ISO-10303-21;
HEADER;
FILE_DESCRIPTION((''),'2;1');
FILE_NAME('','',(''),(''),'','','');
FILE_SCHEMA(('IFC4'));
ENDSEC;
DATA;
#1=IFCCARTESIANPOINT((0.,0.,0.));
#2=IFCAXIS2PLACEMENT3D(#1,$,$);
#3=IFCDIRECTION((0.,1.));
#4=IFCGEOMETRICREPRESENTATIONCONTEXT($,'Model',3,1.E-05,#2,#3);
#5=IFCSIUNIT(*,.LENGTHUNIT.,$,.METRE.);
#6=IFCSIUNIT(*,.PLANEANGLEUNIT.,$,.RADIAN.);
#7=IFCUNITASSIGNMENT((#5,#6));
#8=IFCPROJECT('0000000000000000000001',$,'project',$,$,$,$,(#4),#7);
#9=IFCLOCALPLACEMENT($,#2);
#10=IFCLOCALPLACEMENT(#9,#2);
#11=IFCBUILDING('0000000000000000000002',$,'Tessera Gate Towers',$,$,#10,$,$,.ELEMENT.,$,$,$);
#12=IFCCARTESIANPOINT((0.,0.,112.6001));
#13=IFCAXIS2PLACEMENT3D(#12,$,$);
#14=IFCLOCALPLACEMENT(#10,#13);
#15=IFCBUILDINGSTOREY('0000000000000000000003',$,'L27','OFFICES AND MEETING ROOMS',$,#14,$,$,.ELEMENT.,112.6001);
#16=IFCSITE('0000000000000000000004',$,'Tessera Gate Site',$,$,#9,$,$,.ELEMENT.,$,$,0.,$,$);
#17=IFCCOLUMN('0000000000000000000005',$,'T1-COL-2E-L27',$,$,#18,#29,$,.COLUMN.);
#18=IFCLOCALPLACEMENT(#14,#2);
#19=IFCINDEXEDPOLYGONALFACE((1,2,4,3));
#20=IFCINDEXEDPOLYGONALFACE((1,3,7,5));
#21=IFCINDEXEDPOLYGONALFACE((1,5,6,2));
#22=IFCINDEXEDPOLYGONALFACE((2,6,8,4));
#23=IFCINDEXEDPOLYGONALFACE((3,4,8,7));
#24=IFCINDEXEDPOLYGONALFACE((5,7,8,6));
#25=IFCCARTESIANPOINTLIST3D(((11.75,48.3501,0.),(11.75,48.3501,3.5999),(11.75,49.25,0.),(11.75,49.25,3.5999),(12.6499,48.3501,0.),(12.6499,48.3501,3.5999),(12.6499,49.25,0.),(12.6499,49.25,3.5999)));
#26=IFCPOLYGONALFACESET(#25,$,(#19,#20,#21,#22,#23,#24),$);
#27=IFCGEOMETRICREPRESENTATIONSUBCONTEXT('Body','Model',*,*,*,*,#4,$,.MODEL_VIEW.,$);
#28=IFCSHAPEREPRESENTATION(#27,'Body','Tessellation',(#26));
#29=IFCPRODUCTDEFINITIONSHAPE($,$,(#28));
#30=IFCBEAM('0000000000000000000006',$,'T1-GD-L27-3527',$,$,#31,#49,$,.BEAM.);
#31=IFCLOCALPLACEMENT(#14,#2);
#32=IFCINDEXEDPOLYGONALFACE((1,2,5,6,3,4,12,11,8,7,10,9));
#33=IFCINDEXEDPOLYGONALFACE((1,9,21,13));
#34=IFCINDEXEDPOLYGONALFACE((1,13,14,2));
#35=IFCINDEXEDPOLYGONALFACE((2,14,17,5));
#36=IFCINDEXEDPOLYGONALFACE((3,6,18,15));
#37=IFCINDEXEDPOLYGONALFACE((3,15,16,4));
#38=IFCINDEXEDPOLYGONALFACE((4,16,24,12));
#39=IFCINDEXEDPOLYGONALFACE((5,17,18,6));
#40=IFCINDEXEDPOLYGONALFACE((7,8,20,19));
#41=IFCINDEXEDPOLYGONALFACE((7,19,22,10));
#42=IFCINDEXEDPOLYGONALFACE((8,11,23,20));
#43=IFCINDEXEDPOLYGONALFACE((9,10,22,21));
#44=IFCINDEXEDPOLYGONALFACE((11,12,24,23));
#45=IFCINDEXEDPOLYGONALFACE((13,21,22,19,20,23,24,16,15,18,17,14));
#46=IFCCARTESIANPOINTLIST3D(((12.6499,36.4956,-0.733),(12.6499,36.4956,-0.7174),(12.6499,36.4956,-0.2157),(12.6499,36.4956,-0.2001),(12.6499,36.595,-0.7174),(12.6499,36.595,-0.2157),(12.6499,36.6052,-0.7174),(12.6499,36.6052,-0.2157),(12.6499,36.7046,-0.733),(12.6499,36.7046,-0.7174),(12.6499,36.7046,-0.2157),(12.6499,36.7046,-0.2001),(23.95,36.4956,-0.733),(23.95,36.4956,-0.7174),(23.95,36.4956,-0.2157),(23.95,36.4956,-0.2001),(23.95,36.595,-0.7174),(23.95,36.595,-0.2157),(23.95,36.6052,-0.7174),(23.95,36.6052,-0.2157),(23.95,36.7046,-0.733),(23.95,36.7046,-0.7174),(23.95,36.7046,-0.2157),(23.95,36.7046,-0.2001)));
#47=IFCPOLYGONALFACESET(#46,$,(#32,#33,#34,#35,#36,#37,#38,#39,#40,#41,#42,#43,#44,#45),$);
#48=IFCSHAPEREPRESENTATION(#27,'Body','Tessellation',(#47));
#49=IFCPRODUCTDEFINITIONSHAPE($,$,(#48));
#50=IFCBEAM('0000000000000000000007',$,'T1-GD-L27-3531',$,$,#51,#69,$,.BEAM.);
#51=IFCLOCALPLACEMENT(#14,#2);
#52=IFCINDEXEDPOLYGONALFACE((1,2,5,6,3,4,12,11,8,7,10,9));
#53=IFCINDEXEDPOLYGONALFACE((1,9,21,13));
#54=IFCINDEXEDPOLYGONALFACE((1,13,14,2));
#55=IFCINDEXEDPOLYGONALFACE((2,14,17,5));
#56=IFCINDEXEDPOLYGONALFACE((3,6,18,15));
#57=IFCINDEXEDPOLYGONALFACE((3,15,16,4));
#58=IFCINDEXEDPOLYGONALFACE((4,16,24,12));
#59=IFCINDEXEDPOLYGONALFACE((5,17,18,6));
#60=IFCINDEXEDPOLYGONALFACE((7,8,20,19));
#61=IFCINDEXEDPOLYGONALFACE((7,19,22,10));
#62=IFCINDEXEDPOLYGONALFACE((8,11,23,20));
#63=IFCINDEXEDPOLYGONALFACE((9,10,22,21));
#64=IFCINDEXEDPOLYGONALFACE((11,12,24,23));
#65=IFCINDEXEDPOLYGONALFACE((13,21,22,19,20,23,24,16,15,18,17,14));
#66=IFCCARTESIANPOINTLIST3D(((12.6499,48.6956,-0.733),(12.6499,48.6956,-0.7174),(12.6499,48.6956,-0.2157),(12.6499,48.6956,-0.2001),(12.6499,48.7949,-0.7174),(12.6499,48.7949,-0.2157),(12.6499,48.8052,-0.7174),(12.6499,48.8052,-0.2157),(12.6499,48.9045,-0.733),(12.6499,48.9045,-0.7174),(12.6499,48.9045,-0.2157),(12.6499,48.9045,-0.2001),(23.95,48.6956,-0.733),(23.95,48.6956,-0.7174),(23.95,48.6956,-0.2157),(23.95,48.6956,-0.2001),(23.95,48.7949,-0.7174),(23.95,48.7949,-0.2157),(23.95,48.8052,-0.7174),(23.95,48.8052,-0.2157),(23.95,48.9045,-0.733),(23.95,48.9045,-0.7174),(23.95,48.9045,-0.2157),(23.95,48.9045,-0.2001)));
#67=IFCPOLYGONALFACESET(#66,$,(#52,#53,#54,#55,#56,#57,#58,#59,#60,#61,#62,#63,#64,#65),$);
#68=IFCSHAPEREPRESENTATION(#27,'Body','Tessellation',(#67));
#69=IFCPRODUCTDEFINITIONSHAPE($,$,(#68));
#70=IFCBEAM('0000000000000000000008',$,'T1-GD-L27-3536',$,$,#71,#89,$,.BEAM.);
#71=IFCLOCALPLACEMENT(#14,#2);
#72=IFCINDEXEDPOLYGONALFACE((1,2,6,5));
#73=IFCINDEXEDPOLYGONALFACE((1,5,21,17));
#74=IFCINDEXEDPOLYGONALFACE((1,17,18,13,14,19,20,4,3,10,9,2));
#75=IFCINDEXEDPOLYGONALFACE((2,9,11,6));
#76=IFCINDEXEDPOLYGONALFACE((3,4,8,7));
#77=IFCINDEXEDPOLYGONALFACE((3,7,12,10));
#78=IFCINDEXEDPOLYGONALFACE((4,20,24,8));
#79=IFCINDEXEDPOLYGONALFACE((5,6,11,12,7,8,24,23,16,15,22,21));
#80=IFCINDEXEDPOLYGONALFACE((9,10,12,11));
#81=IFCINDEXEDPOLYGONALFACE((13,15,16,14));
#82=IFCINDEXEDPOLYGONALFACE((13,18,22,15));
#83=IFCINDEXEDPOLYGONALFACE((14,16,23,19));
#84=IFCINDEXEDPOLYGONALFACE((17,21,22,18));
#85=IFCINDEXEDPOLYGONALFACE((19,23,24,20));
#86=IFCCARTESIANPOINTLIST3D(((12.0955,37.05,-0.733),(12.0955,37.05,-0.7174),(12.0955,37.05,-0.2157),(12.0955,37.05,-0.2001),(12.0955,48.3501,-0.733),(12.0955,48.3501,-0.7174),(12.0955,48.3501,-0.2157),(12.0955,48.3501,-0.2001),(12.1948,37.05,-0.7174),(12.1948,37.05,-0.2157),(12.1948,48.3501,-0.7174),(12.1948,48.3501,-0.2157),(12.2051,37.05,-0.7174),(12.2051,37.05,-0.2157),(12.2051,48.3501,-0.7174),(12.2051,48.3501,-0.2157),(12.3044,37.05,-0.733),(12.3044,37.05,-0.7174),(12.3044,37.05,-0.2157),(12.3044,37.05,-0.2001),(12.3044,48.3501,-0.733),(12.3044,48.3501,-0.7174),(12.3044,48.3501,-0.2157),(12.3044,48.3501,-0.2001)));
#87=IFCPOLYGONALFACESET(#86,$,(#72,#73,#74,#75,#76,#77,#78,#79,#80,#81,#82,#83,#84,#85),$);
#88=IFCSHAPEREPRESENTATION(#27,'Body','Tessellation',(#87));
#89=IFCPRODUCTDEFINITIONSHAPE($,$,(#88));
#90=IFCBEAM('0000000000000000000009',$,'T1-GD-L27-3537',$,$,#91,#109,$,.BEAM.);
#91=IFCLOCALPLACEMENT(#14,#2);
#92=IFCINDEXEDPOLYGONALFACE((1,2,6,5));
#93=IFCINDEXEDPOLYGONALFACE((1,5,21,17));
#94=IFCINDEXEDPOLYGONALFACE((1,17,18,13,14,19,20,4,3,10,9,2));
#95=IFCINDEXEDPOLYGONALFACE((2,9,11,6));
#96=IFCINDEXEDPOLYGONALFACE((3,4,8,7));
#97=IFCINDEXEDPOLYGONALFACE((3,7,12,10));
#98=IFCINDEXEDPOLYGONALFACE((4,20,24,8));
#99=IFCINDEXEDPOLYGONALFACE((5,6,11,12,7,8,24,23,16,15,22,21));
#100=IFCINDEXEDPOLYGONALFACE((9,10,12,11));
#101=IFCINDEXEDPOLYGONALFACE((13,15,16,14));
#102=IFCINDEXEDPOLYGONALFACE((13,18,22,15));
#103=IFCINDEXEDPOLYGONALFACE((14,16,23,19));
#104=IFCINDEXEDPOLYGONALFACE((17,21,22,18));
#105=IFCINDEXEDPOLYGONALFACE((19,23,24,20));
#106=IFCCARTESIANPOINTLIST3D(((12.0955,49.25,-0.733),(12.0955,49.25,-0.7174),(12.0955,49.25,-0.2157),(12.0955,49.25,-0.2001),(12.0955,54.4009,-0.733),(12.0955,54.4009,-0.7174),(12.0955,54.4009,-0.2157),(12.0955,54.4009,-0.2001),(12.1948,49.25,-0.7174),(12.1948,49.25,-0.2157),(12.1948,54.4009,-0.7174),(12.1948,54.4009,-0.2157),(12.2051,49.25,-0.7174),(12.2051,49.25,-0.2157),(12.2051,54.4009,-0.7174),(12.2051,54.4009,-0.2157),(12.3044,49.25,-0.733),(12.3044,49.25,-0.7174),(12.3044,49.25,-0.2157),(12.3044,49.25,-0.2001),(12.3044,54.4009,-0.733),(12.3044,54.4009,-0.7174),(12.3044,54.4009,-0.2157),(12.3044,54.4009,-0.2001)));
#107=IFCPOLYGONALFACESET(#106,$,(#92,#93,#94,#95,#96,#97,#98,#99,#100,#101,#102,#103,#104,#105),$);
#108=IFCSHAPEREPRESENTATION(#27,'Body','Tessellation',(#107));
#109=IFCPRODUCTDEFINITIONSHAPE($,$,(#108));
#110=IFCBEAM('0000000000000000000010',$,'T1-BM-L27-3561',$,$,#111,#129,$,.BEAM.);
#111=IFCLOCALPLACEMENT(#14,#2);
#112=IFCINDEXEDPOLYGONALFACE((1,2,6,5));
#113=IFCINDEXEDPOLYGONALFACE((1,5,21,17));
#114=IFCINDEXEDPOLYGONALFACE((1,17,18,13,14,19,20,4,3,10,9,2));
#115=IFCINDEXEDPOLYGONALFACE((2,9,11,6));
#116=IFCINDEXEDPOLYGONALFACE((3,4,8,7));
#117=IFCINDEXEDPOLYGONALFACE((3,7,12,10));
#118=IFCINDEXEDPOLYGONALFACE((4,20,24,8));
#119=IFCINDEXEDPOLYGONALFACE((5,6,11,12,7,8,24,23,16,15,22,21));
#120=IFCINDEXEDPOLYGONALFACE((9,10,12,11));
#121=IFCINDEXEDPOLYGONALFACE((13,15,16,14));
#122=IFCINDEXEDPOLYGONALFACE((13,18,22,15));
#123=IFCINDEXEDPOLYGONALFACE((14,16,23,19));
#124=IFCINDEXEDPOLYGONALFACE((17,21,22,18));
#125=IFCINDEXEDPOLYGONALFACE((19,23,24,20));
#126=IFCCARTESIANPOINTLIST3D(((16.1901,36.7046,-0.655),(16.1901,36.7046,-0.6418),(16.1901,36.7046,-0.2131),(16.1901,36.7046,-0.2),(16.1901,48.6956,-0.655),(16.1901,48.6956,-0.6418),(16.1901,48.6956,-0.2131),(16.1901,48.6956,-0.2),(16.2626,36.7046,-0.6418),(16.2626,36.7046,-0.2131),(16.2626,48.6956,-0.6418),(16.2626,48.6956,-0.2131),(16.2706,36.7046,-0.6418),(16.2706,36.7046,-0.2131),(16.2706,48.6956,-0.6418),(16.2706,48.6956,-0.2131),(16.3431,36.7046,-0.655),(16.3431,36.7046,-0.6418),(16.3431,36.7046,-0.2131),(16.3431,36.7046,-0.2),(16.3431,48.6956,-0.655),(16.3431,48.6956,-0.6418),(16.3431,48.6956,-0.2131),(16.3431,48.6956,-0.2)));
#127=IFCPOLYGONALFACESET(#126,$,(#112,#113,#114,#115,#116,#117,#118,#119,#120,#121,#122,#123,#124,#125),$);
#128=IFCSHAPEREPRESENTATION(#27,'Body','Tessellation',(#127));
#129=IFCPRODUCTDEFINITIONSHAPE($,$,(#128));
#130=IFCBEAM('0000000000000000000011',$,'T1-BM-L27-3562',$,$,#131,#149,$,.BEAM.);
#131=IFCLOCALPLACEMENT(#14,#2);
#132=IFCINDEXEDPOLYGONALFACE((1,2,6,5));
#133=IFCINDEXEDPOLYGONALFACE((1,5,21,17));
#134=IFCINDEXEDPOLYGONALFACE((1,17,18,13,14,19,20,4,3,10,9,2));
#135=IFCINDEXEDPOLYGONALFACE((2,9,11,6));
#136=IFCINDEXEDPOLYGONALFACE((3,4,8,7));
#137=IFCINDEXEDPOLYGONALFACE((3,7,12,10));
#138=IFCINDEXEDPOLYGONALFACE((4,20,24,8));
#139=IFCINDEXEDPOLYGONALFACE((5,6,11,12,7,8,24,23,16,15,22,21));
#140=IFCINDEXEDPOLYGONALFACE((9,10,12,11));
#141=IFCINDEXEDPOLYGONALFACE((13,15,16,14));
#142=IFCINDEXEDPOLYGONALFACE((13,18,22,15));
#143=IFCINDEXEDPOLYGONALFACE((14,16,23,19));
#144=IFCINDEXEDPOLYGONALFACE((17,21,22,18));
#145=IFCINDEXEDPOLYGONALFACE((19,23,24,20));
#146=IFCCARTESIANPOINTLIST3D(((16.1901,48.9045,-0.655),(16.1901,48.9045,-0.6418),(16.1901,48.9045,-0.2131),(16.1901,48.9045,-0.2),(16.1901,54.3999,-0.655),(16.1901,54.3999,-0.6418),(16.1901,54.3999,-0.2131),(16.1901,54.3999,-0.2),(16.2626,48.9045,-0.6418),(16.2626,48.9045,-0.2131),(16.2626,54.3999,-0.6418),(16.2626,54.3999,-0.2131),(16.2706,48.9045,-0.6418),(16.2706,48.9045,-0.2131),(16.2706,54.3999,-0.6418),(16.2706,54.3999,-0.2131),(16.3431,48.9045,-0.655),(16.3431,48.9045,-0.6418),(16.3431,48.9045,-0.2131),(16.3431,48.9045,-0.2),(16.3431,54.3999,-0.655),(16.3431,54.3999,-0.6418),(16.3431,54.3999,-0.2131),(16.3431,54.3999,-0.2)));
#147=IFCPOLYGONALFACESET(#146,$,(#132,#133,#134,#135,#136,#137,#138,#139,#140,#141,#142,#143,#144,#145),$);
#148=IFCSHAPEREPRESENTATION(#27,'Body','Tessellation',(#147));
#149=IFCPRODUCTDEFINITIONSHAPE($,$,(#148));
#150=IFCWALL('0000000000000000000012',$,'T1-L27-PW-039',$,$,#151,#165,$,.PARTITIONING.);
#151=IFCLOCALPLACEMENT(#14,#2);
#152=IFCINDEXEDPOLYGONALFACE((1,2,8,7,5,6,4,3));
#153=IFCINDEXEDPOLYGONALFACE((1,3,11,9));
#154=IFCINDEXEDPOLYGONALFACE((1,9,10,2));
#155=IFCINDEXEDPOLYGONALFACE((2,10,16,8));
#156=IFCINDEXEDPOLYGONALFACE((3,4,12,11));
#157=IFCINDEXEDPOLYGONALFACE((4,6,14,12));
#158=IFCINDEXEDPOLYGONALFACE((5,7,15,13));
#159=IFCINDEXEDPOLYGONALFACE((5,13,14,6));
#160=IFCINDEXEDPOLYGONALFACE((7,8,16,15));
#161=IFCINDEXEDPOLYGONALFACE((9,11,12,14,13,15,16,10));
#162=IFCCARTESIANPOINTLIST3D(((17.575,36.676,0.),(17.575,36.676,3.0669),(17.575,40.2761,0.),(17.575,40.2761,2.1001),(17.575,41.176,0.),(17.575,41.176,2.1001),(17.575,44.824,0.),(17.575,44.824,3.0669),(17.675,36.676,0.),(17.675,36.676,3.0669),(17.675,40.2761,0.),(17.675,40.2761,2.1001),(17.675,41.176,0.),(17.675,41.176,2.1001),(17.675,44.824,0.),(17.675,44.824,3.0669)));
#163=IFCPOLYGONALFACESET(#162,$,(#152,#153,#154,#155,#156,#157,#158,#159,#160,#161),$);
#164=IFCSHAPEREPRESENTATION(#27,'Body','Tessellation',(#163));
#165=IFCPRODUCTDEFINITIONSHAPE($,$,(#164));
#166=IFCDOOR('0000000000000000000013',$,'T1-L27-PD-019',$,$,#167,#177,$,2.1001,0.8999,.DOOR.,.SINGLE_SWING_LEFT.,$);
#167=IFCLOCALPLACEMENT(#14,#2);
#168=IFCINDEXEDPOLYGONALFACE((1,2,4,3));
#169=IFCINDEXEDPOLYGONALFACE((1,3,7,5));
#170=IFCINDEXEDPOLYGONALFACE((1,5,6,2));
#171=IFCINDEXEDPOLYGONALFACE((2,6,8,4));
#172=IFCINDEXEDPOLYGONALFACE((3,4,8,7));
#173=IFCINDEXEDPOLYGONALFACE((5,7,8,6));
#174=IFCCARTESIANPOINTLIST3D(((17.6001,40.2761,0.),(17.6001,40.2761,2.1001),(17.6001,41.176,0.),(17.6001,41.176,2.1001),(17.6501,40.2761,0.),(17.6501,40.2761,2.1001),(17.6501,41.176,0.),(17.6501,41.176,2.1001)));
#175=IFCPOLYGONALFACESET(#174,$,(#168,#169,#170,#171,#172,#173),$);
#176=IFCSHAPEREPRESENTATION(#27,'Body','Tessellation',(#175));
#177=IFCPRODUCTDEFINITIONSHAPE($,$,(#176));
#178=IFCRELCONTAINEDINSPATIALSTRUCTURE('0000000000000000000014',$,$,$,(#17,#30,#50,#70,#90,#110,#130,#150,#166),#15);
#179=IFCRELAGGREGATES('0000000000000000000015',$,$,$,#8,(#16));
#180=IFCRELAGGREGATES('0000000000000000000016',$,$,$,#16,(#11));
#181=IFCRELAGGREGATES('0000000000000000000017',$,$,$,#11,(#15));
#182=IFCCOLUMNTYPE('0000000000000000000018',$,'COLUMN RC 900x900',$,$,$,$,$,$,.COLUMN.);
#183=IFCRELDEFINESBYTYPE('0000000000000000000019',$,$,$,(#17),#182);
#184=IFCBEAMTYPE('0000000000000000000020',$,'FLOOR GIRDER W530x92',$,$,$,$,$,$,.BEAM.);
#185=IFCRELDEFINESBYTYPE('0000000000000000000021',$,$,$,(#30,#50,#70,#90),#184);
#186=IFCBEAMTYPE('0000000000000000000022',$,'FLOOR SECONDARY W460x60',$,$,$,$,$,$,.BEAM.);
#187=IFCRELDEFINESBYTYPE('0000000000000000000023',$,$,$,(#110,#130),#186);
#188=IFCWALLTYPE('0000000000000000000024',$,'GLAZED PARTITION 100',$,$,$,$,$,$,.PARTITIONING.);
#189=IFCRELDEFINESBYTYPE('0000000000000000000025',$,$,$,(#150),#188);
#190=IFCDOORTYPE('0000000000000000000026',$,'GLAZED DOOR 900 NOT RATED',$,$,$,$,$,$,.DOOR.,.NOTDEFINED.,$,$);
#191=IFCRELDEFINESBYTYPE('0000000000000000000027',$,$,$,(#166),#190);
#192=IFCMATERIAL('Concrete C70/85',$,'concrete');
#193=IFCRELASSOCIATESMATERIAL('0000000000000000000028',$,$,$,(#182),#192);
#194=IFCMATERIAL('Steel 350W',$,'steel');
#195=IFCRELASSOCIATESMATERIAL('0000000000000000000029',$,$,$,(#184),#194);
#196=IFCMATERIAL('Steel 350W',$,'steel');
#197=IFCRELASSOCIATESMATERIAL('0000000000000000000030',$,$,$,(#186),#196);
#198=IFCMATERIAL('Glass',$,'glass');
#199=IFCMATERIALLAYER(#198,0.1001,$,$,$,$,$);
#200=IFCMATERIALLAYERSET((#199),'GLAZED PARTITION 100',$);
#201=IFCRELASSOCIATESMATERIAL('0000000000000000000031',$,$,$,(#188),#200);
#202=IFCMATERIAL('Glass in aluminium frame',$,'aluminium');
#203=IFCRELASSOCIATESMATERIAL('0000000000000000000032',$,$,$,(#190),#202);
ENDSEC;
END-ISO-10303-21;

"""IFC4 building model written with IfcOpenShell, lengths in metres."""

from ifc_helpers import new_model, si_unit, direction, frame, frame_2d, origin, origin_2d, place, context, subcontext, project, spatial, rectangle, i_section, extrude, source, transform, mapped, material, layer, layer_set, material_profile, profile_set, type_object, element, fill, save


model = new_model("IFC4")

# Units and contexts
model_context = context("Model", 3, precision=1e-05, world=origin(), true_north=direction((0.0, 1.0)))
body_context = subcontext(model_context, "Body", "Model", "MODEL_VIEW")
ifc_project = project(units=[si_unit("LENGTHUNIT", "METRE"), si_unit("PLANEANGLEUNIT", "RADIAN")], contexts=[model_context])

# Site, building, storey
site_placement = place(None, origin())
site = spatial("IfcSite", under=ifc_project, at=site_placement, Name="Tessera Gate Site", CompositionType="ELEMENT", RefElevation=0.0)
building_placement = place(site_placement, origin())
building = spatial("IfcBuilding", under=site, at=building_placement, Name="Tessera Gate Towers", CompositionType="ELEMENT")
storey_placement = place(building_placement, frame((0.0, 0.0, 112.6001)))
storey = spatial("IfcBuildingStorey", under=building, at=storey_placement, Name="L27", Description="OFFICES AND MEETING ROOMS", CompositionType="ELEMENT", Elevation=112.6001)

# Column
ifc_material_1 = material(Name="Concrete C70/85", Category="concrete")
ifc_material_profile_1 = material_profile(ifc_material_1, rectangle(XDim=0.8999, YDim=0.8999, at=origin_2d()), Name="RC 900x900")
ifc_profile_set_1 = profile_set([ifc_material_profile_1], Name="Concrete C70/85")
column_type = type_object("IfcColumnType", Name="COLUMN RC 900x900", PredefinedType="COLUMN", material=ifc_profile_set_1)
column_placement = place(storey_placement, frame((12.2, 48.8, 0.0), z_axis=(0.0, 0.0, 1.0), x_axis=(1.0, 0.0, 0.0)))
element("IfcColumn", 1, at=column_placement, inside=storey, type_object=column_type, Name="T1-COL-2E-L27", PredefinedType="COLUMN", context=body_context, shape_type="SweptSolid", body=[
    extrude(rectangle(XDim=0.8999, YDim=0.8999, at=origin_2d()), origin(), (0.0, 0.0, 1.0), 3.5999),
])

# Beams
ifc_material_2 = material(Name="Steel 350W", Category="steel")
ifc_material_profile_2 = material_profile(ifc_material_2, i_section(OverallWidth=0.209, OverallDepth=0.533, WebThickness=0.0103, FlangeThickness=0.0156, at=origin_2d()), Name="W530x92")
ifc_profile_set_2 = profile_set([ifc_material_profile_2], Name="Steel 350W")
beam_type_1 = type_object("IfcBeamType", Name="FLOOR GIRDER W530x92", PredefinedType="BEAM", material=ifc_profile_set_2)
for number, where, z_axis, x_axis, name in (
    (2, (12.6499, 36.6001, -0.4666), (1.0, 0.0, 0.0), (0.0, 1.0, 0.0), "T1-GD-L27-3527"),
    (3, (12.6499, 48.8, -0.4666), (1.0, 0.0, 0.0), (0.0, 1.0, 0.0), "T1-GD-L27-3531"),
    (4, (12.2, 37.05, -0.4666), (0.0, 1.0, 0.0), (-1.0, 0.0, 0.0), "T1-GD-L27-3536"),
):
    element("IfcBeam", number, at=place(storey_placement, frame(where, z_axis=z_axis, x_axis=x_axis)), inside=storey, type_object=beam_type_1, Name=name, PredefinedType="BEAM", context=body_context, shape_type="SweptSolid", body=[
        extrude(i_section(OverallWidth=0.209, OverallDepth=0.533, WebThickness=0.0103, FlangeThickness=0.0156, at=origin_2d()), origin(), (0.0, 0.0, 1.0), 11.3),
    ])
beam_1_placement = place(storey_placement, frame((12.2, 49.25, -0.4666), z_axis=(0.0, 1.0, 0.0), x_axis=(-1.0, 0.0, 0.0)))
element("IfcBeam", 5, at=beam_1_placement, inside=storey, type_object=beam_type_1, Name="T1-GD-L27-3537", PredefinedType="BEAM", context=body_context, shape_type="SweptSolid", body=[
    extrude(i_section(OverallWidth=0.209, OverallDepth=0.533, WebThickness=0.0103, FlangeThickness=0.0156, at=origin_2d()), origin(), (0.0, 0.0, 1.0), 5.1509),
])
ifc_material_3 = material(Name="Steel 350W", Category="steel")
ifc_material_profile_3 = material_profile(ifc_material_3, i_section(OverallWidth=0.1531, OverallDepth=0.4551, WebThickness=0.0081, FlangeThickness=0.0132, at=origin_2d()), Name="W460x60")
ifc_profile_set_3 = profile_set([ifc_material_profile_3], Name="Steel 350W")
beam_type_2 = type_object("IfcBeamType", Name="FLOOR SECONDARY W460x60", PredefinedType="BEAM", material=ifc_profile_set_3)
beam_2_placement = place(storey_placement, frame((16.2666, 36.7046, -0.4275), z_axis=(0.0, 1.0, 0.0), x_axis=(-1.0, 0.0, 0.0)))
element("IfcBeam", 6, at=beam_2_placement, inside=storey, type_object=beam_type_2, Name="T1-BM-L27-3561", PredefinedType="BEAM", context=body_context, shape_type="SweptSolid", body=[
    extrude(i_section(OverallWidth=0.1531, OverallDepth=0.4551, WebThickness=0.0081, FlangeThickness=0.0132, at=origin_2d()), origin(), (0.0, 0.0, 1.0), 11.991),
])
beam_3_placement = place(storey_placement, frame((16.2666, 48.9045, -0.4275), z_axis=(0.0, 1.0, 0.0), x_axis=(-1.0, 0.0, 0.0)))
element("IfcBeam", 7, at=beam_3_placement, inside=storey, type_object=beam_type_2, Name="T1-BM-L27-3562", PredefinedType="BEAM", context=body_context, shape_type="SweptSolid", body=[
    extrude(i_section(OverallWidth=0.1531, OverallDepth=0.4551, WebThickness=0.0081, FlangeThickness=0.0132, at=origin_2d()), origin(), (0.0, 0.0, 1.0), 5.4954),
])

# Wall, opening, door
ifc_material_4 = material(Name="Glass", Category="glass")
ifc_layer_1 = layer(ifc_material_4, 0.1001)
ifc_layer_set_1 = layer_set([ifc_layer_1], Name="GLAZED PARTITION 100")
wall_type_1 = type_object("IfcWallType", Name="GLAZED PARTITION 100", PredefinedType="PARTITIONING", material=ifc_layer_set_1)
wall_1_placement = place(storey_placement, frame((17.625, 36.676, 0.0), z_axis=(0.0, 0.0, 1.0), x_axis=(0.0, 1.0, 0.0)))
wall_1 = element("IfcWall", 8, at=wall_1_placement, inside=storey, type_object=wall_type_1, Name="T1-L27-PW-039", PredefinedType="PARTITIONING", context=body_context, shape_type="SweptSolid", body=[
    extrude(rectangle(XDim=8.1479, YDim=0.1001, at=frame_2d((4.074, 0.0))), origin(), (0.0, 0.0, 1.0), 3.0669),
])
shared_shape_1 = source(origin(), body_context, "Body", "SweptSolid", [
    extrude(rectangle(XDim=0.8999, YDim=2.1001, at=frame_2d((0.45, 1.05))), frame((0.0, 0.0601, 0.0), z_axis=(0.0, -1.0, 0.0), x_axis=(1.0, 0.0, 0.0)), (0.0, 0.0, 1.0), 0.1201),
])
opening_1_placement = place(wall_1_placement, frame((3.6001, 0.0, 0.0)))
opening_1 = element("IfcOpeningElement", 9, at=opening_1_placement, cuts=wall_1, PredefinedType="OPENING", context=body_context, shape_type="MappedRepresentation", body=[
    mapped(shared_shape_1, transform((0.0, 0.0, 0.0), scale=1.0)),
])
ifc_material_5 = material(Name="Glass in aluminium frame", Category="aluminium")
door_type_1 = type_object("IfcDoorType", Name="GLAZED DOOR 900 NOT RATED", OperationType="NOTDEFINED", PredefinedType="DOOR", material=ifc_material_5)
shared_shape_2 = source(origin(), body_context, "Body", "SweptSolid", [
    extrude(rectangle(XDim=0.8999, YDim=2.1001, at=frame_2d((0.45, 1.05))), frame((0.0, 0.0249, 0.0), z_axis=(0.0, -1.0, 0.0), x_axis=(1.0, 0.0, 0.0)), (0.0, 0.0, 1.0), 0.05),
])
door_1_placement = place(opening_1_placement, origin())
door_1 = element("IfcDoor", 10, at=door_1_placement, inside=storey, type_object=door_type_1, Name="T1-L27-PD-019", OperationType="SINGLE_SWING_LEFT", OverallHeight=2.1001, OverallWidth=0.8999, PredefinedType="DOOR", context=body_context, shape_type="MappedRepresentation", body=[
    mapped(shared_shape_2, transform((0.0, 0.0, 0.0), scale=1.0)),
])
fill(opening_1, door_1)

save(model, "model.ifc")
